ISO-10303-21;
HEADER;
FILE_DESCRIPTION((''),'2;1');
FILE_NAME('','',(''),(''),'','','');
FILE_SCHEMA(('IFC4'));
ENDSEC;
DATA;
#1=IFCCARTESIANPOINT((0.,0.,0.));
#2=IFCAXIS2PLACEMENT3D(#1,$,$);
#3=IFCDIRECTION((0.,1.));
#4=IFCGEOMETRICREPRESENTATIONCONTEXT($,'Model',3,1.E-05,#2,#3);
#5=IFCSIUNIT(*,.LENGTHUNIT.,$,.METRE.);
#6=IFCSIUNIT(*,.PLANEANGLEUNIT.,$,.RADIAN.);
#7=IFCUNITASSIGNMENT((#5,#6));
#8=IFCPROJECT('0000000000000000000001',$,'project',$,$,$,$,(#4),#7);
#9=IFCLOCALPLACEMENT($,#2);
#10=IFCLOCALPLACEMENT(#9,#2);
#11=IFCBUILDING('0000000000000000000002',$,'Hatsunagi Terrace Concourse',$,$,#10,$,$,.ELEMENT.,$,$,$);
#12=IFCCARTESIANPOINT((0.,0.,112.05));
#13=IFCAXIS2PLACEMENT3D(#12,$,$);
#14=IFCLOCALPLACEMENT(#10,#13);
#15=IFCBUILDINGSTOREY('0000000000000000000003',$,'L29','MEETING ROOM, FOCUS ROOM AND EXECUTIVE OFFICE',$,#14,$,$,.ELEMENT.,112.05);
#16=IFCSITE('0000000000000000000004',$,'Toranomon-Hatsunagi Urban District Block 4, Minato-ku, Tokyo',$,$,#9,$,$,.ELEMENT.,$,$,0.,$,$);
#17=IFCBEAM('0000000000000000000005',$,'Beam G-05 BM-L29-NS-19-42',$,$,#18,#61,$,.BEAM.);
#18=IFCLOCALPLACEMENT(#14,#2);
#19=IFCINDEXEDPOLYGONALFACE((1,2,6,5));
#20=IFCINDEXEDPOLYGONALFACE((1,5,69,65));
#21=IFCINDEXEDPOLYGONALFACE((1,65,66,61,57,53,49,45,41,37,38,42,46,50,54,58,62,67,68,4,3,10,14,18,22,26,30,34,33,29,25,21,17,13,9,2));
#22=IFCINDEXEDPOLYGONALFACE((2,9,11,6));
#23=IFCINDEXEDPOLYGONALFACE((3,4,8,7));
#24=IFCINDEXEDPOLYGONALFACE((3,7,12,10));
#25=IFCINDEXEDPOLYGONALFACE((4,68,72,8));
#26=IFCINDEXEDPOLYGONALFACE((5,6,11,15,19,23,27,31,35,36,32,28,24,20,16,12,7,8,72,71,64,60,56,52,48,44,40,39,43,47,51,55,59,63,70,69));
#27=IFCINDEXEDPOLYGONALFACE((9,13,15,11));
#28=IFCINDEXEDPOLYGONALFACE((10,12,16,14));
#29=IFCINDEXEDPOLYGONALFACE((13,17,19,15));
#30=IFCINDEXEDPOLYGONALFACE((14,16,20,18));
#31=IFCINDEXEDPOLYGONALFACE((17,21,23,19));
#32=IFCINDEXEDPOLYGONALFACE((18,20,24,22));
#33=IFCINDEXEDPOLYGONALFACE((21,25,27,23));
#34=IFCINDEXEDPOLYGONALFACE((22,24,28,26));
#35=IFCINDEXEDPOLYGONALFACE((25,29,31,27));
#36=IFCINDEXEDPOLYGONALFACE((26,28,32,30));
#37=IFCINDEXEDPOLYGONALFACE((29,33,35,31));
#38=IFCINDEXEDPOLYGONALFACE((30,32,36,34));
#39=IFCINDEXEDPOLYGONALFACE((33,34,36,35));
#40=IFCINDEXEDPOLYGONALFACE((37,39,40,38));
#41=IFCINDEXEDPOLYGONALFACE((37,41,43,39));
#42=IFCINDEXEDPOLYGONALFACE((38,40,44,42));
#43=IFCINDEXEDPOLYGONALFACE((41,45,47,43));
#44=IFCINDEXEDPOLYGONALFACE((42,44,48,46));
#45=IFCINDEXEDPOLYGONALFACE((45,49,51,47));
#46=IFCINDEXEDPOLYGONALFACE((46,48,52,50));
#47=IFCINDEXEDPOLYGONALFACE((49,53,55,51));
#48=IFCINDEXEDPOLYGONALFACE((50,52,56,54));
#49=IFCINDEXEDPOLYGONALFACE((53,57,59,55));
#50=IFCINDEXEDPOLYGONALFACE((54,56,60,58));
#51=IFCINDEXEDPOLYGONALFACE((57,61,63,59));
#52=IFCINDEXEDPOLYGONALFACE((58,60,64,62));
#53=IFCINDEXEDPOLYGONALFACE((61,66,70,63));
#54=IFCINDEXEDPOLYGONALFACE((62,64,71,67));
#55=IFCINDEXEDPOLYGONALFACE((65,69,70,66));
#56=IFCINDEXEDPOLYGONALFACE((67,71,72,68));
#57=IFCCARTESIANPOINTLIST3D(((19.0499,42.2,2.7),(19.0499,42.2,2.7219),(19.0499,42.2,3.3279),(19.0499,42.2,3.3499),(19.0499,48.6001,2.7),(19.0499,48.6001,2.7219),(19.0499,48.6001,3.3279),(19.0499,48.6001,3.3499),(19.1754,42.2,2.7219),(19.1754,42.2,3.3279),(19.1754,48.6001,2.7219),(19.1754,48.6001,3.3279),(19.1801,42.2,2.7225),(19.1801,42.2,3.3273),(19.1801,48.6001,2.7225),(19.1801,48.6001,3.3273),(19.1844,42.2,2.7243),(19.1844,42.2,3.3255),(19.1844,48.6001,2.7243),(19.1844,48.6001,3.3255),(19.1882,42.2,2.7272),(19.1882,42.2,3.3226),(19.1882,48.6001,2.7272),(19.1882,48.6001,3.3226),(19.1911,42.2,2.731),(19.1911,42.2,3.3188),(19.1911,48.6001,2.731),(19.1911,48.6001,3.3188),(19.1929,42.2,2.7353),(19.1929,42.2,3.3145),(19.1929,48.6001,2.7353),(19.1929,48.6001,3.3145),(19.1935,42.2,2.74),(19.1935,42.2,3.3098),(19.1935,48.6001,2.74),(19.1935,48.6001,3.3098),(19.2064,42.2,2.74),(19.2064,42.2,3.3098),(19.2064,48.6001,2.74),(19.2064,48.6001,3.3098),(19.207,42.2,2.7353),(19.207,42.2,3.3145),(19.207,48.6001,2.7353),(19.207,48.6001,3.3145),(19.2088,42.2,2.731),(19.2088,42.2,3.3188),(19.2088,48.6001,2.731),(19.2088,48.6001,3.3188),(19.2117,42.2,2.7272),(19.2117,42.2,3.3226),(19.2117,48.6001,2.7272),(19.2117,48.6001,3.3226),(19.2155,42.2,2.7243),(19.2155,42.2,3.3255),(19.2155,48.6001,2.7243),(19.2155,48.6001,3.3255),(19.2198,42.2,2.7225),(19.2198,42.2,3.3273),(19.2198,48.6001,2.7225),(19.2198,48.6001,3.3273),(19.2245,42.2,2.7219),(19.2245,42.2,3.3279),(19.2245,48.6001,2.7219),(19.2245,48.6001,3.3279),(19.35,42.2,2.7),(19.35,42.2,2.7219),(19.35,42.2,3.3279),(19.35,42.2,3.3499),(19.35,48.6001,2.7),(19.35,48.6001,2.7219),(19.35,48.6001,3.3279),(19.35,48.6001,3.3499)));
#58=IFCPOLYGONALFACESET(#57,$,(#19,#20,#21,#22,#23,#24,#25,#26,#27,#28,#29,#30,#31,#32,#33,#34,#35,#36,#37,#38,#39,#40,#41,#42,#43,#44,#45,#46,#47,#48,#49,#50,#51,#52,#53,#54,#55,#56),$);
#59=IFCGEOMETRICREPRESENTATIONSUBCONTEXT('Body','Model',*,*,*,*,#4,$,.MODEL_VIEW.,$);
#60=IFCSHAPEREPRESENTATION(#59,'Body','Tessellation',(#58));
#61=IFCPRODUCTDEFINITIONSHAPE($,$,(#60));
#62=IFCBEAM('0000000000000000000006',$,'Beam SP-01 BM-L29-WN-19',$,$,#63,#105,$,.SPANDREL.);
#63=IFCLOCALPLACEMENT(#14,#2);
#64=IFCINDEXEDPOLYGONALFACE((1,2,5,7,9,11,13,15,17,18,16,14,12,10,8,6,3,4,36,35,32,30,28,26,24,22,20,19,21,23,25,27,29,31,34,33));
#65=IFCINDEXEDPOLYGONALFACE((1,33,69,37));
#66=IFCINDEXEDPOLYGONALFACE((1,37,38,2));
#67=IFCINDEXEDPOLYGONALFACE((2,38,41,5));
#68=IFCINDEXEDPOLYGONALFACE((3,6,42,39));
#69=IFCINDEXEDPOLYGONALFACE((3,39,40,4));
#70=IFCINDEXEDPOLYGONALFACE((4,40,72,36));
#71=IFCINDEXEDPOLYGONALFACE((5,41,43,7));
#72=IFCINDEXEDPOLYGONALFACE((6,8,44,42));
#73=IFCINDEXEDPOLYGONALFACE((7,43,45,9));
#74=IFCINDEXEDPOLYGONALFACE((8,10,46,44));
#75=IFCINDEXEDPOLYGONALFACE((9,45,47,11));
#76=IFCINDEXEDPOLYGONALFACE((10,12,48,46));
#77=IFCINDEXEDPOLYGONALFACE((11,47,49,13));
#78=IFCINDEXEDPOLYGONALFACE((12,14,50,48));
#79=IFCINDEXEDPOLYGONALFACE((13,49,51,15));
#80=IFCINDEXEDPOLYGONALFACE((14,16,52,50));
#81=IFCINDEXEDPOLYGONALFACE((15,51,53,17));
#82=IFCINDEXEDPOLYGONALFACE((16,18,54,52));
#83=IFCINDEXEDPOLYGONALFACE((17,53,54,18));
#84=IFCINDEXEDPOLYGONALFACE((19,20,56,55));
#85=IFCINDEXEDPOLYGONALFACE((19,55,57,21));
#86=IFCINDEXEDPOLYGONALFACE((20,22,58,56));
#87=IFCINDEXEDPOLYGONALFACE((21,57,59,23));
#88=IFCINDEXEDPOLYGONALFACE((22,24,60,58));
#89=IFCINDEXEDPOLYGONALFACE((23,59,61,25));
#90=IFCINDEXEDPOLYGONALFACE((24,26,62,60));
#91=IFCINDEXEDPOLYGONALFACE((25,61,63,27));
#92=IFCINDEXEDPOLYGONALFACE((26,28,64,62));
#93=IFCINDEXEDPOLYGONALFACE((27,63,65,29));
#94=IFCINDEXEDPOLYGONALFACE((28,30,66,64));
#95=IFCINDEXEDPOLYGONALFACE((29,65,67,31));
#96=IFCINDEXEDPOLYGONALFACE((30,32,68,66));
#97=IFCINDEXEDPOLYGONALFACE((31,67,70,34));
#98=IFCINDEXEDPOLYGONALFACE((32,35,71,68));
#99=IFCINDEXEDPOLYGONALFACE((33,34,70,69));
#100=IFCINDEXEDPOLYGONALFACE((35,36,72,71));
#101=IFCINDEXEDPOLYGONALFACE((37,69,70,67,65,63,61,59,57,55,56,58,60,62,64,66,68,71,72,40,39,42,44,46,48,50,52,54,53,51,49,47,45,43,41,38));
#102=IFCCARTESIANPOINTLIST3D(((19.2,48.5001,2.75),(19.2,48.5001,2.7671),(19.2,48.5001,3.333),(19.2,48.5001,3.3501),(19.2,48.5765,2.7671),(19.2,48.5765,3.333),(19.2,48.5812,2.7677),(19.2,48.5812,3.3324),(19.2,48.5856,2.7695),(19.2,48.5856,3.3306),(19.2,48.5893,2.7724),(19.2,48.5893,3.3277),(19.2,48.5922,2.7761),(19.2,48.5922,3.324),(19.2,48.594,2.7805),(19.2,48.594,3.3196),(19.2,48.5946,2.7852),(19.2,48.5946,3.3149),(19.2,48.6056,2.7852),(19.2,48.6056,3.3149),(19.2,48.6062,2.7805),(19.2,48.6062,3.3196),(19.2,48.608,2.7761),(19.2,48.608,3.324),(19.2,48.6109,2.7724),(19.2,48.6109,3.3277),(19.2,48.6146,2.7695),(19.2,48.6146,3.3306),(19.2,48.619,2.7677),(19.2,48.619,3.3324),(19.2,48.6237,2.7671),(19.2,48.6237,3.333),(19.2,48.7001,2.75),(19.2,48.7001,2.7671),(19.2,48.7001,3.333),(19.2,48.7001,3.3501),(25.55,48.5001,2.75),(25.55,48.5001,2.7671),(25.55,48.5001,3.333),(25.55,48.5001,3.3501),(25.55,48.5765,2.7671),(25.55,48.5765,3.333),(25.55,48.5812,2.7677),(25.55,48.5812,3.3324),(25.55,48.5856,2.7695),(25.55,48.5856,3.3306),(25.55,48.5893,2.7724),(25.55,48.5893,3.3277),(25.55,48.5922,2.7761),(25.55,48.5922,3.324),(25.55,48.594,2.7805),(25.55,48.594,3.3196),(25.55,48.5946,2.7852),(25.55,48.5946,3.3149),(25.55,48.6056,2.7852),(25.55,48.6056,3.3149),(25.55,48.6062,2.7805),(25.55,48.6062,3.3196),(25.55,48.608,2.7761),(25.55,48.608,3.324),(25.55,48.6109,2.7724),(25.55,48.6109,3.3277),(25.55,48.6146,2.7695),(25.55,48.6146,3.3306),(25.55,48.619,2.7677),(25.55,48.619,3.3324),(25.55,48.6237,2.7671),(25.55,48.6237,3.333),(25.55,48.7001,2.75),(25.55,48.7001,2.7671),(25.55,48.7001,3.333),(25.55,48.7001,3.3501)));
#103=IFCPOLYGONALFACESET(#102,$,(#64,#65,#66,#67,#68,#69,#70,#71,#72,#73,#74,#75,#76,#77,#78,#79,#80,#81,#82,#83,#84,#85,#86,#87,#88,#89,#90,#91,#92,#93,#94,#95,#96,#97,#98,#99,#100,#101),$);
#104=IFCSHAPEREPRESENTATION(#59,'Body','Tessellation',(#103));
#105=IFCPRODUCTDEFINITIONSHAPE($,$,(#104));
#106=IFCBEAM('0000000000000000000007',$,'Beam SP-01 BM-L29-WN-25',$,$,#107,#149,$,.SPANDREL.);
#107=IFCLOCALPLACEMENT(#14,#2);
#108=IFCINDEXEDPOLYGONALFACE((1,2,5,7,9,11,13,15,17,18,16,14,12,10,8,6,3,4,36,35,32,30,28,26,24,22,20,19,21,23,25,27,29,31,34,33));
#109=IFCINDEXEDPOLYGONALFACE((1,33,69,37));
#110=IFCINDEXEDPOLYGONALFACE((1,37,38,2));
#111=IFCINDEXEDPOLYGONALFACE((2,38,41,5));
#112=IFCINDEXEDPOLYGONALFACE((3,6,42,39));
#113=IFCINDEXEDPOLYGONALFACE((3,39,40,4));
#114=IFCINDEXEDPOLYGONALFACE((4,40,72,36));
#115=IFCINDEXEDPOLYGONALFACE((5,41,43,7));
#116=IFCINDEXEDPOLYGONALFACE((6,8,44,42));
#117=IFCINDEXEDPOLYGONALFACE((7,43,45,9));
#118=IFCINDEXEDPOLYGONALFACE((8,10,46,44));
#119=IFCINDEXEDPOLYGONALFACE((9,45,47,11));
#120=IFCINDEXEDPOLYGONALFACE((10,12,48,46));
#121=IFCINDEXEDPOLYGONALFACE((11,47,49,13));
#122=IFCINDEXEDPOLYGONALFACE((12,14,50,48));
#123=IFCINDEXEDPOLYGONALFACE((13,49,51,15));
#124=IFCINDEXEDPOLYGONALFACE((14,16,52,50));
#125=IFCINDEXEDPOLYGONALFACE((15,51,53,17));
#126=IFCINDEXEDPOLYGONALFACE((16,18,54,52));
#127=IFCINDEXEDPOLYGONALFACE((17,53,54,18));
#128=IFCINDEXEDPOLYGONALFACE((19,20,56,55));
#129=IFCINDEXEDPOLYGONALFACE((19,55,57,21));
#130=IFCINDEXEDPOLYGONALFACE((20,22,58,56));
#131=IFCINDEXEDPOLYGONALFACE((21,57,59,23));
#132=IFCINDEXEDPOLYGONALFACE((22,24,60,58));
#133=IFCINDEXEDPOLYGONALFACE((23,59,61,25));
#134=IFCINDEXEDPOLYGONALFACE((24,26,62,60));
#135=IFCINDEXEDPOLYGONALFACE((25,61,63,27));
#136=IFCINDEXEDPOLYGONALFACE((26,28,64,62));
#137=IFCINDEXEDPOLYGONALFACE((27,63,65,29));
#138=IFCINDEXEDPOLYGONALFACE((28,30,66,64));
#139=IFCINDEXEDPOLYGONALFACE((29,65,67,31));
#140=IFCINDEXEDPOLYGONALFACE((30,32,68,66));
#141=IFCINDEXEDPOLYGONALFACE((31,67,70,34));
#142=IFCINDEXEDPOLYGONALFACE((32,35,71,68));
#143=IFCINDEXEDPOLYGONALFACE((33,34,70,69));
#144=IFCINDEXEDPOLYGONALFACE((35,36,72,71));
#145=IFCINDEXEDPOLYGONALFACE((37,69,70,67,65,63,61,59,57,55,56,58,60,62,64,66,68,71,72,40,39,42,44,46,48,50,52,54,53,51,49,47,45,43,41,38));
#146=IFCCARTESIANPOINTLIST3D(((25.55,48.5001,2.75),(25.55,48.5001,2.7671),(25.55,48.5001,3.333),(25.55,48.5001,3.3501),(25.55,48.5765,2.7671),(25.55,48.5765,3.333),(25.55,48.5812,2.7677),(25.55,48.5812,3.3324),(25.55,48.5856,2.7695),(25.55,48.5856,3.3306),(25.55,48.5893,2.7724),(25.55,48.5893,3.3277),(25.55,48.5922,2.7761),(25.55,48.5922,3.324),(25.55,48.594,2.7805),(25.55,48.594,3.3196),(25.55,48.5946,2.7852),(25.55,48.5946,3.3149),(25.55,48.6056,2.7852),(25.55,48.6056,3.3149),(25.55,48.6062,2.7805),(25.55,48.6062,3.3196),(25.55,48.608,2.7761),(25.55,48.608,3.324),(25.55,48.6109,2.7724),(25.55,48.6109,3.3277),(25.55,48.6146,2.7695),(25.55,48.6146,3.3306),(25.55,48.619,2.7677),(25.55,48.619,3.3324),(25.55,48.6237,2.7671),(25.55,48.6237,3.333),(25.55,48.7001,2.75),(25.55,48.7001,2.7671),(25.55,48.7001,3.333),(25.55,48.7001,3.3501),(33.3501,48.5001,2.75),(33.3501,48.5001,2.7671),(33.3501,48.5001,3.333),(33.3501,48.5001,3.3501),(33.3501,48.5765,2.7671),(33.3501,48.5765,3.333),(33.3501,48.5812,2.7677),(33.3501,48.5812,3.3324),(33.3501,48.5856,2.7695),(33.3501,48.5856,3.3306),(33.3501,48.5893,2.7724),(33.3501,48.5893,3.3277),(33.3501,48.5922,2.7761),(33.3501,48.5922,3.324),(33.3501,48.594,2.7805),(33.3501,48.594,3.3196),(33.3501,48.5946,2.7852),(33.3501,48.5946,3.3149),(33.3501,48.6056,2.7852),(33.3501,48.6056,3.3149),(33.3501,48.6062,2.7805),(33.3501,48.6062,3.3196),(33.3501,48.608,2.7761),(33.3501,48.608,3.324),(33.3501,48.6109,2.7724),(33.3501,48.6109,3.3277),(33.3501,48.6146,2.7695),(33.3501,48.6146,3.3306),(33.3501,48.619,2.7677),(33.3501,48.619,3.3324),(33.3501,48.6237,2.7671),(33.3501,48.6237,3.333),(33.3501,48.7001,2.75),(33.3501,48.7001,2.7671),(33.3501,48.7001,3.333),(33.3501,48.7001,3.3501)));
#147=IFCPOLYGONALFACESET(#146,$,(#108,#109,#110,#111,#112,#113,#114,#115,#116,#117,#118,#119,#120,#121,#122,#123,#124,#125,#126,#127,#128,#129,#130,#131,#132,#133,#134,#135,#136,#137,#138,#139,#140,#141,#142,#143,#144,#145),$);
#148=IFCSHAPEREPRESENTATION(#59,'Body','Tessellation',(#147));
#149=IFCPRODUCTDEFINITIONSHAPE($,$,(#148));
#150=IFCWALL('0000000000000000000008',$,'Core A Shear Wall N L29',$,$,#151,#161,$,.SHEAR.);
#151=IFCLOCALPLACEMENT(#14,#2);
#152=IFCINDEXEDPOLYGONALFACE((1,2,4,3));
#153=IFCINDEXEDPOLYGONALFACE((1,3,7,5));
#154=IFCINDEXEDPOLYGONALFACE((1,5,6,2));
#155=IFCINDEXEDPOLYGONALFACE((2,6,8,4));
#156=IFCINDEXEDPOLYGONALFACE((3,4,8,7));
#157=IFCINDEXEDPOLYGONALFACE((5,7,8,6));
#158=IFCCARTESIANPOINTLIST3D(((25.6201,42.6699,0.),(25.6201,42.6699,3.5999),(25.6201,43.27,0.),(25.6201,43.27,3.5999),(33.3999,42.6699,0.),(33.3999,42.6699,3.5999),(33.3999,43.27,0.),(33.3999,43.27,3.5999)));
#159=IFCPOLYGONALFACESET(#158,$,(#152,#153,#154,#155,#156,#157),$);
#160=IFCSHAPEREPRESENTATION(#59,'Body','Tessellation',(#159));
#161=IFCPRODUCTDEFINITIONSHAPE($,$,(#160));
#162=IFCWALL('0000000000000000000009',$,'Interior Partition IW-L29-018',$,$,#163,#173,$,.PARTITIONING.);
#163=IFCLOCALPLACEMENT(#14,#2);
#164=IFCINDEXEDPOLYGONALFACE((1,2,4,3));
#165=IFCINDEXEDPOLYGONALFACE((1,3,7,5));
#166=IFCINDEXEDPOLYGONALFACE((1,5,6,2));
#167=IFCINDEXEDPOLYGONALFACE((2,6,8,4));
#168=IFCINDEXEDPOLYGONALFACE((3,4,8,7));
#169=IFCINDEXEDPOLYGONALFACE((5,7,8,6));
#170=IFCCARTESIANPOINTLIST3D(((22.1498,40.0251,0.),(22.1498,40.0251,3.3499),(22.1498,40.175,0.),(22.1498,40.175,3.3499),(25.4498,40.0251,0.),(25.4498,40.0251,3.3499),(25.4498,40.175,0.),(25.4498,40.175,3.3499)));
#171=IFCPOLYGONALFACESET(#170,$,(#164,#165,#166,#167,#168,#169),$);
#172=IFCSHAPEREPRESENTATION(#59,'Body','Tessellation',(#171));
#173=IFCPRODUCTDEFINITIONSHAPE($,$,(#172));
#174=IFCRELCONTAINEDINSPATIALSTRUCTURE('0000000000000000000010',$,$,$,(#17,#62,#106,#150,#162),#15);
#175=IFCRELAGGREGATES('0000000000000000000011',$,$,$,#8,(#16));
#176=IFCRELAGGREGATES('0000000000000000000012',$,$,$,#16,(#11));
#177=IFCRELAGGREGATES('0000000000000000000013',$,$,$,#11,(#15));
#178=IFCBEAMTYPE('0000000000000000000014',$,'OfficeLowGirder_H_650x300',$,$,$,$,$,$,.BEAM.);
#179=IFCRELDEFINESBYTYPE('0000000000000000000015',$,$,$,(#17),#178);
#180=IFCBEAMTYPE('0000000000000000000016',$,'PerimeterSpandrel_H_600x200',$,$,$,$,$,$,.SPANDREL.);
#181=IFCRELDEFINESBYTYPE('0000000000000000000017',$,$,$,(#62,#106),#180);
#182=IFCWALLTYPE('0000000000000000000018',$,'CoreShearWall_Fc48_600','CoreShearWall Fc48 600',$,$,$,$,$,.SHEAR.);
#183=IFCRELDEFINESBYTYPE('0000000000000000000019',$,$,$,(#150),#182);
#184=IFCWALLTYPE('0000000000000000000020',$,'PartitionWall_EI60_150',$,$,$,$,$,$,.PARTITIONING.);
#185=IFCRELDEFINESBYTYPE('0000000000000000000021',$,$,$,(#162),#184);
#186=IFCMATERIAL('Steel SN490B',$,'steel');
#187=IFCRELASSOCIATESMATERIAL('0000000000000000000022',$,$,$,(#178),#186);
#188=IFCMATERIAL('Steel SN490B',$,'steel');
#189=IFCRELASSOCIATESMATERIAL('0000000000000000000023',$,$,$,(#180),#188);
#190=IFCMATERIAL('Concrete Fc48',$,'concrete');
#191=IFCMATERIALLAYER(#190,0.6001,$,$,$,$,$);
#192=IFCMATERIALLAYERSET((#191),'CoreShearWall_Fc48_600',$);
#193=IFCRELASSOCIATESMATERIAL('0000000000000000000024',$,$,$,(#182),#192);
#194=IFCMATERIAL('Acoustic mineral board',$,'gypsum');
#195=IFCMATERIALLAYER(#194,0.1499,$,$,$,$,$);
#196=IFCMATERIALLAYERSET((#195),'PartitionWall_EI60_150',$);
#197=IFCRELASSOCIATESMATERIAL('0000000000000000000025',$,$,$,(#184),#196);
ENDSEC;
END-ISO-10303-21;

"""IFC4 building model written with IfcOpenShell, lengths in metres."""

from ifc_helpers import new_model, si_unit, direction, frame, frame_2d, origin, origin_2d, place, context, subcontext, project, spatial, rectangle, i_section, extrude, material, layer, layer_set, material_profile, profile_set, type_object, element, save


model = new_model("IFC4")

# Units and contexts
model_context = context("Model", 3, precision=1e-05, world=origin(), true_north=direction((0.0, 1.0)))
body_context = subcontext(model_context, "Body", "Model", "MODEL_VIEW")
ifc_project = project(units=[si_unit("LENGTHUNIT", "METRE"), si_unit("PLANEANGLEUNIT", "RADIAN")], contexts=[model_context])

# Site, building, storey
site_placement = place(None, origin())
site = spatial("IfcSite", under=ifc_project, at=site_placement, Name="Toranomon-Hatsunagi Urban District Block 4, Minato-ku, Tokyo", CompositionType="ELEMENT", RefElevation=0.0)
building_placement = place(site_placement, origin())
building = spatial("IfcBuilding", under=site, at=building_placement, Name="Hatsunagi Terrace Concourse", CompositionType="ELEMENT")
storey_placement = place(building_placement, frame((0.0, 0.0, 112.05)))
storey = spatial("IfcBuildingStorey", under=building, at=storey_placement, Name="L29", Description="MEETING ROOM, FOCUS ROOM AND EXECUTIVE OFFICE", CompositionType="ELEMENT", Elevation=112.05)

# Beams
ifc_material_1 = material(Name="Steel SN490B", Category="steel")
ifc_material_profile_1 = material_profile(ifc_material_1, i_section(OverallWidth=0.3, OverallDepth=0.6499, WebThickness=0.0129, FlangeThickness=0.022, FilletRadius=0.0181, at=origin_2d()), Name="H-650x300x13x22")
ifc_profile_set_1 = profile_set([ifc_material_profile_1], Name="Steel SN490B")
beam_type_1 = type_object("IfcBeamType", Name="OfficeLowGirder_H_650x300", PredefinedType="BEAM", material=ifc_profile_set_1)
beam_1_placement = place(storey_placement, frame((19.2, 42.2, 3.0249), z_axis=(0.0, 1.0, 0.0), x_axis=(-1.0, 0.0, 0.0)))
element("IfcBeam", 1, at=beam_1_placement, inside=storey, type_object=beam_type_1, Name="Beam G-05 BM-L29-NS-19-42", PredefinedType="BEAM", context=body_context, shape_type="SweptSolid", body=[
    extrude(i_section(OverallWidth=0.3, OverallDepth=0.6499, WebThickness=0.0129, FlangeThickness=0.022, FilletRadius=0.0181, at=origin_2d()), origin(), (0.0, 0.0, 1.0), 6.4001),
])
ifc_material_2 = material(Name="Steel SN490B", Category="steel")
ifc_material_profile_2 = material_profile(ifc_material_2, i_section(OverallWidth=0.2, OverallDepth=0.6001, WebThickness=0.011, FlangeThickness=0.0171, FilletRadius=0.0181, at=origin_2d()), Name="H-600x200x11x17")
ifc_profile_set_2 = profile_set([ifc_material_profile_2], Name="Steel SN490B")
beam_type_2 = type_object("IfcBeamType", Name="PerimeterSpandrel_H_600x200", PredefinedType="SPANDREL", material=ifc_profile_set_2)
beam_2_placement = place(storey_placement, frame((19.2, 48.6001, 3.05), z_axis=(1.0, 0.0, 0.0), x_axis=(0.0, 1.0, 0.0)))
element("IfcBeam", 2, at=beam_2_placement, inside=storey, type_object=beam_type_2, Name="Beam SP-01 BM-L29-WN-19", PredefinedType="SPANDREL", context=body_context, shape_type="SweptSolid", body=[
    extrude(i_section(OverallWidth=0.2, OverallDepth=0.6001, WebThickness=0.011, FlangeThickness=0.0171, FilletRadius=0.0181, at=origin_2d()), origin(), (0.0, 0.0, 1.0), 6.3501),
])
beam_3_placement = place(storey_placement, frame((25.55, 48.6001, 3.05), z_axis=(1.0, 0.0, 0.0), x_axis=(0.0, 1.0, 0.0)))
element("IfcBeam", 3, at=beam_3_placement, inside=storey, type_object=beam_type_2, Name="Beam SP-01 BM-L29-WN-25", PredefinedType="SPANDREL", context=body_context, shape_type="SweptSolid", body=[
    extrude(i_section(OverallWidth=0.2, OverallDepth=0.6001, WebThickness=0.011, FlangeThickness=0.0171, FilletRadius=0.0181, at=origin_2d()), origin(), (0.0, 0.0, 1.0), 7.8),
])

# Walls
ifc_material_3 = material(Name="Concrete Fc48", Category="concrete")
ifc_layer_1 = layer(ifc_material_3, 0.6001)
ifc_layer_set_1 = layer_set([ifc_layer_1], Name="CoreShearWall_Fc48_600")
wall_type_1 = type_object("IfcWallType", Name="CoreShearWall_Fc48_600", Description="CoreShearWall Fc48 600", PredefinedType="SHEAR", material=ifc_layer_set_1)
wall_1_placement = place(storey_placement, frame((25.6201, 42.97, 0.0), z_axis=(0.0, 0.0, 1.0), x_axis=(1.0, 0.0, 0.0)))
element("IfcWall", 4, at=wall_1_placement, inside=storey, type_object=wall_type_1, Name="Core A Shear Wall N L29", PredefinedType="SHEAR", context=body_context, shape_type="SweptSolid", body=[
    extrude(rectangle(XDim=7.7798, YDim=0.6001, at=frame_2d((3.8899, 0.0))), origin(), (0.0, 0.0, 1.0), 3.5999),
])
ifc_material_4 = material(Name="Acoustic mineral board", Category="gypsum")
ifc_layer_2 = layer(ifc_material_4, 0.1499)
ifc_layer_set_2 = layer_set([ifc_layer_2], Name="PartitionWall_EI60_150")
wall_type_2 = type_object("IfcWallType", Name="PartitionWall_EI60_150", PredefinedType="PARTITIONING", material=ifc_layer_set_2)
wall_2_placement = place(storey_placement, frame((22.1499, 40.1001, 0.0), z_axis=(0.0, 0.0, 1.0), x_axis=(1.0, 0.0, 0.0)))
element("IfcWall", 5, at=wall_2_placement, inside=storey, type_object=wall_type_2, Name="Interior Partition IW-L29-018", PredefinedType="PARTITIONING", context=body_context, shape_type="SweptSolid", body=[
    extrude(rectangle(XDim=3.3, YDim=0.1499, at=frame_2d((1.6499, 0.0))), origin(), (0.0, 0.0, 1.0), 3.3499),
])

save(model, "model.ifc")
